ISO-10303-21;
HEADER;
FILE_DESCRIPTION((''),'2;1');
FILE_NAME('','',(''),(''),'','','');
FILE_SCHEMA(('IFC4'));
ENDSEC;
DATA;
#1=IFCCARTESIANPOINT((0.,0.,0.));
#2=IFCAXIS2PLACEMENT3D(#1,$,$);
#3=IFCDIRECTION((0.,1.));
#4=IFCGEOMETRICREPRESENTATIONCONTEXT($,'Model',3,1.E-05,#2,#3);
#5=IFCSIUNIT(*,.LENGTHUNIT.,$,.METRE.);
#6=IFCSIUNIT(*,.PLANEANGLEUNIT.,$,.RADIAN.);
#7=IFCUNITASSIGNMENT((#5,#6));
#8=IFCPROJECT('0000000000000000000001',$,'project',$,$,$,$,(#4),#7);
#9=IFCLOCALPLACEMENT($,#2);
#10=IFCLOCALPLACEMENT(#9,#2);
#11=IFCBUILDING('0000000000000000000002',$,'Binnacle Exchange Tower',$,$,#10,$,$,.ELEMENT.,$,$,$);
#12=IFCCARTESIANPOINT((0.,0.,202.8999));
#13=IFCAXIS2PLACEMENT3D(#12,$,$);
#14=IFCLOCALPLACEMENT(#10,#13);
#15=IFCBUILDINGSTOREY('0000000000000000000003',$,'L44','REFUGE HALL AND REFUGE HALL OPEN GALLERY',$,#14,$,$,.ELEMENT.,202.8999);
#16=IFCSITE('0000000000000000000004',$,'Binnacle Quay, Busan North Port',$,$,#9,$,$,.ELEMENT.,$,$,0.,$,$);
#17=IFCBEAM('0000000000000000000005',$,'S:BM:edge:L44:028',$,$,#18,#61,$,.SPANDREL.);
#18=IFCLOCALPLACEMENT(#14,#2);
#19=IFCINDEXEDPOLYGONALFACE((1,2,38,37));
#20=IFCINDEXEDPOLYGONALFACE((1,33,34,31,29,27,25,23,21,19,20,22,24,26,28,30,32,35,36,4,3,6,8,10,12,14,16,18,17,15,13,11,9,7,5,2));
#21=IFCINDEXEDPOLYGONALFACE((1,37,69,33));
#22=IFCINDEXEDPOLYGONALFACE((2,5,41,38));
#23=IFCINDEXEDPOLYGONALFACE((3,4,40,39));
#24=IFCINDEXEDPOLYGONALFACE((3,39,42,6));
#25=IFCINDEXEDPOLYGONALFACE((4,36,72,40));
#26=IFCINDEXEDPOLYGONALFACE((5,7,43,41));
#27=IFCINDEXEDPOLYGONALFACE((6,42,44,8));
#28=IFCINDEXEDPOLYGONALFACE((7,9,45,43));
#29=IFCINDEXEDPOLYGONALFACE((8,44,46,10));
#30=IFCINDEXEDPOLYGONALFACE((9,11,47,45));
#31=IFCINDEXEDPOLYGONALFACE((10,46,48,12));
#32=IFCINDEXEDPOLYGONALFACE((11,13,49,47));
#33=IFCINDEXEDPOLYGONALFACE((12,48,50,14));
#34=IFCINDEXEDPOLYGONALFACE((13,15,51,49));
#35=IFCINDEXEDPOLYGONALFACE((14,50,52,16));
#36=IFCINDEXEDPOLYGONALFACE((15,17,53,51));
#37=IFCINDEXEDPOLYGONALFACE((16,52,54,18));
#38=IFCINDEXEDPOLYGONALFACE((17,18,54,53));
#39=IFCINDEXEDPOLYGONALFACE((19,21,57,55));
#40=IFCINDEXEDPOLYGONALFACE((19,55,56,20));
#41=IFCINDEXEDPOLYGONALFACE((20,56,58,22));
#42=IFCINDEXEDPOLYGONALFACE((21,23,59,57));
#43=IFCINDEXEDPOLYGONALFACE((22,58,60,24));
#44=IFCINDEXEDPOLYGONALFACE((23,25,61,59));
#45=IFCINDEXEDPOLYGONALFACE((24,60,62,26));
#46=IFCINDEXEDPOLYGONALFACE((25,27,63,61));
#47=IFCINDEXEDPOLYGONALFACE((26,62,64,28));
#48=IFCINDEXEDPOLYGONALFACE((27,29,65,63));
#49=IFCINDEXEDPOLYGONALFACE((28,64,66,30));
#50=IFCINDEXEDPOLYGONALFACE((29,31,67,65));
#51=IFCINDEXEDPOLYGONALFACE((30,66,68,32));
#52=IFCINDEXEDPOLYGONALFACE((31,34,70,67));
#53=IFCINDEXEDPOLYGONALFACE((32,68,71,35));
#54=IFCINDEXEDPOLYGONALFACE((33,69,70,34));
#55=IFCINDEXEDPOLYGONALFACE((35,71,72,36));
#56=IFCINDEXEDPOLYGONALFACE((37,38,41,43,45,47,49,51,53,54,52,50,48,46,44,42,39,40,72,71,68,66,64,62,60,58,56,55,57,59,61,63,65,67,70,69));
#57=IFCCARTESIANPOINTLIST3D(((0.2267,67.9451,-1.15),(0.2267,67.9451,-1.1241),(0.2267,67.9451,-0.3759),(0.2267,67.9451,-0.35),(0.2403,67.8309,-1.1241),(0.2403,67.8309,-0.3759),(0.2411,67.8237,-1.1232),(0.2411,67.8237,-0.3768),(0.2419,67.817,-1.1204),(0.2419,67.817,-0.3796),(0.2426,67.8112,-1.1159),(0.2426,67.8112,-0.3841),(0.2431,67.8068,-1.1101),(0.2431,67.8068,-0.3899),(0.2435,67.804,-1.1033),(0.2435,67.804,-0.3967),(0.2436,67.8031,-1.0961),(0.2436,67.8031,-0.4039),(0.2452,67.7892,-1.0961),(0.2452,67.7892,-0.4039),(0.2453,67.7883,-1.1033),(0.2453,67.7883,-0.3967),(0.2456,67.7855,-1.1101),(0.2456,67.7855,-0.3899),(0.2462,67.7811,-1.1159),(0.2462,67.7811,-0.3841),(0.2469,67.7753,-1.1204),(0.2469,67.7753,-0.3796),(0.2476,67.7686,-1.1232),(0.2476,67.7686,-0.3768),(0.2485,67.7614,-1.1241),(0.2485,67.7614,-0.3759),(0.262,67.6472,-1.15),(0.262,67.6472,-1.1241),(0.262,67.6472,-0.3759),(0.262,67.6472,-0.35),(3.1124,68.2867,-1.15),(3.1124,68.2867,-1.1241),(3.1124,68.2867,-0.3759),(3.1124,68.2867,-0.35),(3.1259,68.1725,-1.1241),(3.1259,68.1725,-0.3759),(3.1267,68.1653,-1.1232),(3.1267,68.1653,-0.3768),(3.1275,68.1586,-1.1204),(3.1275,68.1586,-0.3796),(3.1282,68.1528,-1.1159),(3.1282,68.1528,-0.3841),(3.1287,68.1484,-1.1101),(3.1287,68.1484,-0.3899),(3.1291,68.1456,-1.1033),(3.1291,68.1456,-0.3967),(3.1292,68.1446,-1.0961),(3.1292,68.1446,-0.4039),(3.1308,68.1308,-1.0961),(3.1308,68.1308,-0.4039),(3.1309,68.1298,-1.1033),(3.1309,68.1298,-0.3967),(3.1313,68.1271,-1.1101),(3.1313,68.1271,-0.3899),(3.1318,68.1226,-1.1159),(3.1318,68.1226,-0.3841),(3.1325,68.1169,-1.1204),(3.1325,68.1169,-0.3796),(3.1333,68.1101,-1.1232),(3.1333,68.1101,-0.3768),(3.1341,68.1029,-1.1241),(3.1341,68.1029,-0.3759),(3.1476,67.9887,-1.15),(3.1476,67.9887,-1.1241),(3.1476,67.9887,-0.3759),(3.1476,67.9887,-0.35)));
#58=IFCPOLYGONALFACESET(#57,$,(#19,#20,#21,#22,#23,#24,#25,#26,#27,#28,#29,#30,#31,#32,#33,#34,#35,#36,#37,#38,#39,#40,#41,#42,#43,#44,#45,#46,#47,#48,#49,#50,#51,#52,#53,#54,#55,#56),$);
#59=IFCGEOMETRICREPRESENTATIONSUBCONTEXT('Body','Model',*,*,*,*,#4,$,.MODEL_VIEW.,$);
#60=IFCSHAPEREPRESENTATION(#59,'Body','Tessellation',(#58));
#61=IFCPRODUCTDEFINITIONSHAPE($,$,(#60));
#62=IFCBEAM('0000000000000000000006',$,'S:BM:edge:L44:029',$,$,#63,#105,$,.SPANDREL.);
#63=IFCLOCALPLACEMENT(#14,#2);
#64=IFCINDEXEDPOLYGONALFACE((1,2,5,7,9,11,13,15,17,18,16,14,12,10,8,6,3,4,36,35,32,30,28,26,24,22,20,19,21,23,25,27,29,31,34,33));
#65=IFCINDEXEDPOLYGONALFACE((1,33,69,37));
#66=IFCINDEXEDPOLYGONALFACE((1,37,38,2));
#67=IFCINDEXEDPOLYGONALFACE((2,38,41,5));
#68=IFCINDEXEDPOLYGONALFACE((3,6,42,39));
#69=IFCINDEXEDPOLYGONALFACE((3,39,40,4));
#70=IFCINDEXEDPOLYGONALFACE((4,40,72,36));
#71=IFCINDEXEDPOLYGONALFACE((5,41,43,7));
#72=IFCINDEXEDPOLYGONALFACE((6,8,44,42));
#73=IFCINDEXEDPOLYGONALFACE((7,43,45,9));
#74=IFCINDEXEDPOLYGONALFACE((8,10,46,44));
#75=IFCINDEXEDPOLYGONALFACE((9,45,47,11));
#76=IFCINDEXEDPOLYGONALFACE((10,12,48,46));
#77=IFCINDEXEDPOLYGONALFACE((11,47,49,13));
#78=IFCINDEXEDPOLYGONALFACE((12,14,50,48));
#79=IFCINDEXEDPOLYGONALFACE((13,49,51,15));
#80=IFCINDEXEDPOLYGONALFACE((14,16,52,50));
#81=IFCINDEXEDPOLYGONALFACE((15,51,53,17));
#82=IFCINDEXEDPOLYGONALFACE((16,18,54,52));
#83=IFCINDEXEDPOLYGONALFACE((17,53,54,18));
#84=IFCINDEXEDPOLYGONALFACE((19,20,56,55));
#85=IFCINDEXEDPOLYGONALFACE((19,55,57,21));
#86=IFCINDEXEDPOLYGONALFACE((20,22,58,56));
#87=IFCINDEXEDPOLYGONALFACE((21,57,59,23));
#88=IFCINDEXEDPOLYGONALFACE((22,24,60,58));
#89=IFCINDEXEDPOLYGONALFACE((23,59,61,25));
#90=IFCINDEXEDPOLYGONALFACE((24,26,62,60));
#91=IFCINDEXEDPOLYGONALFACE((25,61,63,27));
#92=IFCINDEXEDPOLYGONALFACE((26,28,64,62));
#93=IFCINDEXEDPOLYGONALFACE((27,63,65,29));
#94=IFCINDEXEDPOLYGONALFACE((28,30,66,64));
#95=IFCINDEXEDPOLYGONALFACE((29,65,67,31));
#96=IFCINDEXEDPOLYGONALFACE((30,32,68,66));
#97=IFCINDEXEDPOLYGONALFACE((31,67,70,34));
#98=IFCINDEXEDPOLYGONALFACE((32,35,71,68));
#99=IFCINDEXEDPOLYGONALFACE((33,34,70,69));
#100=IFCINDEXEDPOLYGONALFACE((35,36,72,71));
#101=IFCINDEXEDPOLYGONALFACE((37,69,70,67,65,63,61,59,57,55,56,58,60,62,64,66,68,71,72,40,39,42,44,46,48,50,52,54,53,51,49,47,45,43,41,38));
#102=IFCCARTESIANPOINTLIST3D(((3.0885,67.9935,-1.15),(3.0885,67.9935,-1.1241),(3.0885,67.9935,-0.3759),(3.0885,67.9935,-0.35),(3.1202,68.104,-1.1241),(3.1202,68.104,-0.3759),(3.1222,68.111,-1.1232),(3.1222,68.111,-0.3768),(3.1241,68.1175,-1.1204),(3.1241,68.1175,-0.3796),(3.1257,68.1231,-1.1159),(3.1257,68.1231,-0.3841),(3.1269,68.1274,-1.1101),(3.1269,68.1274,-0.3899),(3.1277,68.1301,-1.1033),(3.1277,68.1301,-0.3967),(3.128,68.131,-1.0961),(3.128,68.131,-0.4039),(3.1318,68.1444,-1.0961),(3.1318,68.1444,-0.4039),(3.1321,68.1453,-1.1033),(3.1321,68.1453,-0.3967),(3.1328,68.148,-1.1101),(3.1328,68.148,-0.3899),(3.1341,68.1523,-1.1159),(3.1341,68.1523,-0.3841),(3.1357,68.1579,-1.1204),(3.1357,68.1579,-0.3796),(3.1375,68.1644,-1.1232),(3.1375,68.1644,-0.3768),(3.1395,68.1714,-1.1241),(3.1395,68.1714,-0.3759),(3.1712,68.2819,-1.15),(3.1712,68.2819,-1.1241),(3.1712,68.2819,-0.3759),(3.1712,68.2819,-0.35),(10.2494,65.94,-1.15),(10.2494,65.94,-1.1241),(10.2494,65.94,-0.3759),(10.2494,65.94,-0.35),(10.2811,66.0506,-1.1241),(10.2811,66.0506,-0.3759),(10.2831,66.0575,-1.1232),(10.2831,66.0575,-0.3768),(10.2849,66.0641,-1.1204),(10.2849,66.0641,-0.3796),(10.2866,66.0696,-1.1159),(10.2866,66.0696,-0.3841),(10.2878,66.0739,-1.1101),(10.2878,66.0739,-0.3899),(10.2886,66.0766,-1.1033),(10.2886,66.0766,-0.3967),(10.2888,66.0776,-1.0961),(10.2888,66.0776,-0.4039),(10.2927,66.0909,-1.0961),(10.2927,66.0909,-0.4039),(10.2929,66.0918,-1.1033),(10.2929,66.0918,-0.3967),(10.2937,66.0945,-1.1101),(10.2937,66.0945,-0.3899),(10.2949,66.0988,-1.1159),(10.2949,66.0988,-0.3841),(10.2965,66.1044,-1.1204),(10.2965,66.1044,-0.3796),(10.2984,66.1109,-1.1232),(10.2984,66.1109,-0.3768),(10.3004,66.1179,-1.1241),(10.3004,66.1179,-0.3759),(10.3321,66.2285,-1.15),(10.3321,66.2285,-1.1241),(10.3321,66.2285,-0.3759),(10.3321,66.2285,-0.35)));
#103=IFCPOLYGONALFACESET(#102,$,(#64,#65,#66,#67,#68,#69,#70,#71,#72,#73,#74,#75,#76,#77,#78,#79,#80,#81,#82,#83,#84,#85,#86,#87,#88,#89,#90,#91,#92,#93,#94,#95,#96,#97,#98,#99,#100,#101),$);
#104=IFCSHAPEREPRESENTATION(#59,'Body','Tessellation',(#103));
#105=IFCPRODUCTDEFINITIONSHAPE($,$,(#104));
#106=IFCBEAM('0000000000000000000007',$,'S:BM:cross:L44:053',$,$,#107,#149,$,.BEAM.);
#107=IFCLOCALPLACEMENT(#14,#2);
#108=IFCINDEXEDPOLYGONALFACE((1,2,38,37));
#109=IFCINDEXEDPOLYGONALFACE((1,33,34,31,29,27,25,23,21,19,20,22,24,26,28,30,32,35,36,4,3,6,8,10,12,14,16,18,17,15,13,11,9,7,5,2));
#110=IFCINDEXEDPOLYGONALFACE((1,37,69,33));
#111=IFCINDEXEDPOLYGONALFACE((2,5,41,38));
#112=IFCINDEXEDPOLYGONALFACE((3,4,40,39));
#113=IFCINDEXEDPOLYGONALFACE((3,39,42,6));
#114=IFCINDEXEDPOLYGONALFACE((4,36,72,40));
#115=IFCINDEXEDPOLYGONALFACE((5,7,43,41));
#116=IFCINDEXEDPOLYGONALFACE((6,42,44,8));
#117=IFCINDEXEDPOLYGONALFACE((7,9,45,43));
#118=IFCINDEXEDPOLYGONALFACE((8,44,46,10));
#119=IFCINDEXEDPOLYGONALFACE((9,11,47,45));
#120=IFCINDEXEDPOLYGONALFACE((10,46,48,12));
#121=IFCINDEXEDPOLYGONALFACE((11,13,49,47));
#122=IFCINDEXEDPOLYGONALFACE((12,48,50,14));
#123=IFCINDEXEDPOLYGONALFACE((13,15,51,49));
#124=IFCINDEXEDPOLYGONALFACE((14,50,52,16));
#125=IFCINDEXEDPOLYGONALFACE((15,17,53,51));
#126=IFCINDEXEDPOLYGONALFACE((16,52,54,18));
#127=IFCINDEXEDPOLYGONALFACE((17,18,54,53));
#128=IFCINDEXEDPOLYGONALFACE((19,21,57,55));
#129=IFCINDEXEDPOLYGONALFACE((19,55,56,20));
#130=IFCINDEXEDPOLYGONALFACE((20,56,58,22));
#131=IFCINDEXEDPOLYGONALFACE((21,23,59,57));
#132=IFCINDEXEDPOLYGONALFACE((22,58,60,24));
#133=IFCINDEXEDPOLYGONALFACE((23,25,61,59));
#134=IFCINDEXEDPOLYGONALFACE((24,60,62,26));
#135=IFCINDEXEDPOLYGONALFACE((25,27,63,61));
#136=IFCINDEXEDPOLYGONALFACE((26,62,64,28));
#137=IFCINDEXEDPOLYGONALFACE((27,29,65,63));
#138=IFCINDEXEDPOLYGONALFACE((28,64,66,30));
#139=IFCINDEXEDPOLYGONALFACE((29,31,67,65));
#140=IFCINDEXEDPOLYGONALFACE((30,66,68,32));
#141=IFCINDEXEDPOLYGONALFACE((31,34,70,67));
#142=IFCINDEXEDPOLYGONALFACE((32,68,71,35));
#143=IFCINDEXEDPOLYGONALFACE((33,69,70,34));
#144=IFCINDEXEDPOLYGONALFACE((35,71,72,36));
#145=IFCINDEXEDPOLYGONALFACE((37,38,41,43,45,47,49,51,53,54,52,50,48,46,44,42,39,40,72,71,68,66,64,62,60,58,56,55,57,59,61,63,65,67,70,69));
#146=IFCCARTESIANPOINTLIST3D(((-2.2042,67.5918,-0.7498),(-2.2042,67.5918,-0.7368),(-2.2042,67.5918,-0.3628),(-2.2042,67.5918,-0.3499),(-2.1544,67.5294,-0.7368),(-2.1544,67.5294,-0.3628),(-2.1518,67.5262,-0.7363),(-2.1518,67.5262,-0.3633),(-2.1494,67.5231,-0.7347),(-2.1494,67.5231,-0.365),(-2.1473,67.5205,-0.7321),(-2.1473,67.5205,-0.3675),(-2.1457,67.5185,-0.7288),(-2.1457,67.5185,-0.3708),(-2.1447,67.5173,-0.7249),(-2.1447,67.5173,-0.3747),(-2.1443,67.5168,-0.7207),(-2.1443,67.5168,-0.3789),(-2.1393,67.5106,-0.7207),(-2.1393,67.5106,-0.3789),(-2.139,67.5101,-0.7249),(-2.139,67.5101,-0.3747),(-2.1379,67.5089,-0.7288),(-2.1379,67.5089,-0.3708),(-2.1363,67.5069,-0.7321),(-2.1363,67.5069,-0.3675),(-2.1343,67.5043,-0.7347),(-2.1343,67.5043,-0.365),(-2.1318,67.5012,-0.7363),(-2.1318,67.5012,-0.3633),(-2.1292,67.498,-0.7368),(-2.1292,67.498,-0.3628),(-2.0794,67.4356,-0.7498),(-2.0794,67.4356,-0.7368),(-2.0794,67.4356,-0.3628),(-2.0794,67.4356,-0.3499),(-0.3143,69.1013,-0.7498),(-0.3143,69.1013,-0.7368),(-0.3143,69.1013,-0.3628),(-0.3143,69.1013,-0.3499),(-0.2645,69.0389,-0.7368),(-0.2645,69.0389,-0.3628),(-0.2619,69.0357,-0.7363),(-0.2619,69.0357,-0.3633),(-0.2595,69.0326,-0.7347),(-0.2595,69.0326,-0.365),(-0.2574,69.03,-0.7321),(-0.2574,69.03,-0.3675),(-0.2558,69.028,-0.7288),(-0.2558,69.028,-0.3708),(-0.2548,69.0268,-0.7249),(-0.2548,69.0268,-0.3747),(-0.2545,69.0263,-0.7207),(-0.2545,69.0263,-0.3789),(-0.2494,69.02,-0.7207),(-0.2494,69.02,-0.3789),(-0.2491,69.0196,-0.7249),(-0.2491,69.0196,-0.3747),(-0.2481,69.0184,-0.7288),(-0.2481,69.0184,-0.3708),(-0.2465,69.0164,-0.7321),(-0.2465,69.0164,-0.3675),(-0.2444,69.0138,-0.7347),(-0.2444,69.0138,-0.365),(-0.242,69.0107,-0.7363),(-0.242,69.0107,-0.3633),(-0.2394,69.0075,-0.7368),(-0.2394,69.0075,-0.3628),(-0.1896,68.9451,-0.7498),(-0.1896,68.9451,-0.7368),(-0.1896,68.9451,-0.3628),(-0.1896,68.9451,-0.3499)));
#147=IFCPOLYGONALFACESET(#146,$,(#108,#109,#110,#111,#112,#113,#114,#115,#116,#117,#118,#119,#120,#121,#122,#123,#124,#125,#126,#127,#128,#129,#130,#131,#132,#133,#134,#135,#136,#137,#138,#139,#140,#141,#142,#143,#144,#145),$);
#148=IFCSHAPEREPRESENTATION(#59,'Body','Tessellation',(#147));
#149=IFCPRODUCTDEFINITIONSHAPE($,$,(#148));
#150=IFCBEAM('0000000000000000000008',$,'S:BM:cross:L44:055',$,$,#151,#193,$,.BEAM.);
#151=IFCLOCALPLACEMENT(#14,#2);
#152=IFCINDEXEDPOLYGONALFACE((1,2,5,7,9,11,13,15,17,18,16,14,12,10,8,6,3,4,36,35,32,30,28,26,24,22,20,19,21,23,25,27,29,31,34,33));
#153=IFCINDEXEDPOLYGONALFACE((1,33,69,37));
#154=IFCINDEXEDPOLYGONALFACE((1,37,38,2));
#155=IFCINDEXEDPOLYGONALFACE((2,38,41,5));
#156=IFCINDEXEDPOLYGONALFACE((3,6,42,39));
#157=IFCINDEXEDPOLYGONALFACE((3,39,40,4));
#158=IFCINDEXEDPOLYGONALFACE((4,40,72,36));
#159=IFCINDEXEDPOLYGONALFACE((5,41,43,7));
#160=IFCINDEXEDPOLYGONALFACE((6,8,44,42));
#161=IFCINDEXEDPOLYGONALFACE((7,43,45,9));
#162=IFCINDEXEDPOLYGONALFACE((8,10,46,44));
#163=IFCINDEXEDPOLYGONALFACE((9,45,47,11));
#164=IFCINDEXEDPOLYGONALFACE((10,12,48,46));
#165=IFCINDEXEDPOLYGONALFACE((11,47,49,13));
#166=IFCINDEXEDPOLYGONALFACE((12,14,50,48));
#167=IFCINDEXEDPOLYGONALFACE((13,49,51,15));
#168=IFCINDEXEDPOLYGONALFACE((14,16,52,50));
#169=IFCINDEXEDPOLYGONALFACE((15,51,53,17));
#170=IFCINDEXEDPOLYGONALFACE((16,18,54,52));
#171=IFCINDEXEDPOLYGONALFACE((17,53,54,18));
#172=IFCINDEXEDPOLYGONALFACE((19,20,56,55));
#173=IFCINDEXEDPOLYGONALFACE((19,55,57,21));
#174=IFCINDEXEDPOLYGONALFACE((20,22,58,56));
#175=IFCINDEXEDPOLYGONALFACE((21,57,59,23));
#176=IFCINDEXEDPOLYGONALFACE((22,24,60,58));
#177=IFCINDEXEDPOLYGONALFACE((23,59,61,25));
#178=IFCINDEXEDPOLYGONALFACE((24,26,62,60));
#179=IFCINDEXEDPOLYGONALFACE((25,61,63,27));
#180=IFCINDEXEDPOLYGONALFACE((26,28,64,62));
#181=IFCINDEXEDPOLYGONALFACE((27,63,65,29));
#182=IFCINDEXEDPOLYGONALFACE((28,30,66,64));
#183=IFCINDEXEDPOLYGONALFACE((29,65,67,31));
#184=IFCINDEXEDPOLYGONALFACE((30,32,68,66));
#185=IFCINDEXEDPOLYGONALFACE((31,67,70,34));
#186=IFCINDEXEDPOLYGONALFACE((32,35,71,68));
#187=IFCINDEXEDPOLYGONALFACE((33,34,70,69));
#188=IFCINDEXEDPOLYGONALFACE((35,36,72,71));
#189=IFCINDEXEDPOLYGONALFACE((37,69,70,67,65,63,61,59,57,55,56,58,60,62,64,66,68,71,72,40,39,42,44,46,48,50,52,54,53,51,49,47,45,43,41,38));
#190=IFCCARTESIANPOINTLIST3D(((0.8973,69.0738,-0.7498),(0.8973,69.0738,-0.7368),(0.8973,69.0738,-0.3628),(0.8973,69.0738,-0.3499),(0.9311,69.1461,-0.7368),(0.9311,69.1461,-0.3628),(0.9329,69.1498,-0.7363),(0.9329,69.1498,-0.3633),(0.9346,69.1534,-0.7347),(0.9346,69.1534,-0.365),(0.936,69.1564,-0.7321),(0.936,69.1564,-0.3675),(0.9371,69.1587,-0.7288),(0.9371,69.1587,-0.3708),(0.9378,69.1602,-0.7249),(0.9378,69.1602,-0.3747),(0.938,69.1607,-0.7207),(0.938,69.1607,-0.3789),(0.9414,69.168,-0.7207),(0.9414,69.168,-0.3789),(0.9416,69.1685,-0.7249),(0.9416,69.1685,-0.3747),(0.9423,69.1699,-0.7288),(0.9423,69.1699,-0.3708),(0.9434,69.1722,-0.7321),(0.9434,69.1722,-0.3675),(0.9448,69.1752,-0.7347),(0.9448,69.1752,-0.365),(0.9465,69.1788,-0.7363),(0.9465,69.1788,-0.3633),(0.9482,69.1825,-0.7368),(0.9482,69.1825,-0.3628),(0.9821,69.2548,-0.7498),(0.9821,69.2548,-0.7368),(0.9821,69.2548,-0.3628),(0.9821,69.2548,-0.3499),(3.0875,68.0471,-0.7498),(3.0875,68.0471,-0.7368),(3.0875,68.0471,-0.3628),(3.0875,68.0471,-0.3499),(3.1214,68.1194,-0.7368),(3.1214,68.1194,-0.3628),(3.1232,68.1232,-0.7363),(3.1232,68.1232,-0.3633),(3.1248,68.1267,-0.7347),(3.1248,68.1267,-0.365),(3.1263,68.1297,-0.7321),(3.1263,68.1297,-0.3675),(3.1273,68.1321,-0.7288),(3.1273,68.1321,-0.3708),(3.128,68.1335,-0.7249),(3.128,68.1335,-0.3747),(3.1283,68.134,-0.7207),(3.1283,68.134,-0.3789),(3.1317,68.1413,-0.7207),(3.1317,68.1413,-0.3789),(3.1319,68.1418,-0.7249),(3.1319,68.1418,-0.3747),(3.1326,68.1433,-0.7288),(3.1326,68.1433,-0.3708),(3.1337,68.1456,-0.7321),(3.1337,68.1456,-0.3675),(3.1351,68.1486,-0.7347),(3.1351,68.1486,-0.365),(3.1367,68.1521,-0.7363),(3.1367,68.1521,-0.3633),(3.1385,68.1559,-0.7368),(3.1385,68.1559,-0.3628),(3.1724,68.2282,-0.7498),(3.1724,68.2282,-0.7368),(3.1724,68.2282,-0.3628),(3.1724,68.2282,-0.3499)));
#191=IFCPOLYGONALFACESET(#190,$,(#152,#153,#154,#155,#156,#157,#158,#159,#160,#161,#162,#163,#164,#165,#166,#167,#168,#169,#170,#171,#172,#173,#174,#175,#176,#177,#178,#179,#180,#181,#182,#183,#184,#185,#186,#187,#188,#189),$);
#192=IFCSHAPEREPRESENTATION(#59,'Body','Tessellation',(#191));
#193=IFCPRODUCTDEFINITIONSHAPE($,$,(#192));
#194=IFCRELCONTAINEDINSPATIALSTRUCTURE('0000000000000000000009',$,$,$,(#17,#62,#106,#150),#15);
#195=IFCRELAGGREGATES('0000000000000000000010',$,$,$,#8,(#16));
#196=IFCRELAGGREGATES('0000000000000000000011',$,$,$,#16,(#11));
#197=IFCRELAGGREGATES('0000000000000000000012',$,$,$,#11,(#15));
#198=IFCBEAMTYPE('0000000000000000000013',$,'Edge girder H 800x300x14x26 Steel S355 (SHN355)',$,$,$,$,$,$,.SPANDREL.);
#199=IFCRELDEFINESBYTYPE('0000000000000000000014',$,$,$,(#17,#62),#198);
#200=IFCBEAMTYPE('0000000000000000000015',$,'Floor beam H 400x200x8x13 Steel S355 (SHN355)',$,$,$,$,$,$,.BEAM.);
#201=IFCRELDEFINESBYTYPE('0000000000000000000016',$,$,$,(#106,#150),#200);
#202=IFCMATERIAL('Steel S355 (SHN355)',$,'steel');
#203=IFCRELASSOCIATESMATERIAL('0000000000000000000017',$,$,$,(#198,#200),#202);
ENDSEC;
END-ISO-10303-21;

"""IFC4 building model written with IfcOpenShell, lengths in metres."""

from ifc_helpers import new_model, si_unit, direction, frame, origin, origin_2d, place, context, subcontext, project, spatial, i_section, extrude, material, material_profile, profile_set, type_object, element, save


model = new_model("IFC4")

# Units and contexts
model_context = context("Model", 3, precision=1e-05, world=origin(), true_north=direction((0.0, 1.0)))
body_context = subcontext(model_context, "Body", "Model", "MODEL_VIEW")
ifc_project = project(units=[si_unit("LENGTHUNIT", "METRE"), si_unit("PLANEANGLEUNIT", "RADIAN")], contexts=[model_context])

# Site, building, storey
site_placement = place(None, origin())
site = spatial("IfcSite", under=ifc_project, at=site_placement, Name="Binnacle Quay, Busan North Port", CompositionType="ELEMENT", RefElevation=0.0)
building_placement = place(site_placement, origin())
building = spatial("IfcBuilding", under=site, at=building_placement, Name="Binnacle Exchange Tower", CompositionType="ELEMENT")
storey_placement = place(building_placement, frame((0.0, 0.0, 202.8999)))
storey = spatial("IfcBuildingStorey", under=building, at=storey_placement, Name="L44", Description="REFUGE HALL AND REFUGE HALL OPEN GALLERY", CompositionType="ELEMENT", Elevation=202.8999)

# Beams
ifc_material_1 = material(Name="Steel S355 (SHN355)", Category="steel")
ifc_material_profile_1 = material_profile(ifc_material_1, i_section(OverallWidth=0.3, OverallDepth=0.8, WebThickness=0.0139, FlangeThickness=0.0259, FilletRadius=0.0281, at=origin_2d()), Name="H 800x300x14x26")
ifc_profile_set_1 = profile_set([ifc_material_profile_1], Name="Steel S355 (SHN355)")
beam_type_1 = type_object("IfcBeamType", Name="Edge girder H 800x300x14x26 Steel S355 (SHN355)", PredefinedType="SPANDREL", material=ifc_profile_set_1)
beam_1_placement = place(storey_placement, frame((0.2444, 67.7961, -0.75), z_axis=(0.993067, 0.117548, 0.0), x_axis=(-0.117548, 0.993067, 0.0)))
element("IfcBeam", 1, at=beam_1_placement, inside=storey, type_object=beam_type_1, Name="S:BM:edge:L44:028", PredefinedType="SPANDREL", context=body_context, shape_type="SweptSolid", body=[
    extrude(i_section(OverallWidth=0.3, OverallDepth=0.8, WebThickness=0.0139, FlangeThickness=0.0259, FilletRadius=0.0281, at=origin_2d()), origin(), (0.0, 0.0, 1.0), 2.9058),
])
beam_2_placement = place(storey_placement, frame((3.1299, 68.1377, -0.75), z_axis=(0.961258, -0.275652, 0.0), x_axis=(0.275652, 0.961258, 0.0)))
element("IfcBeam", 2, at=beam_2_placement, inside=storey, type_object=beam_type_1, Name="S:BM:edge:L44:029", PredefinedType="SPANDREL", context=body_context, shape_type="SweptSolid", body=[
    extrude(i_section(OverallWidth=0.3, OverallDepth=0.8, WebThickness=0.0139, FlangeThickness=0.0259, FilletRadius=0.0281, at=origin_2d()), origin(), (0.0, 0.0, 1.0), 7.4495),
])
ifc_material_profile_2 = material_profile(ifc_material_1, i_section(OverallWidth=0.2, OverallDepth=0.3999, WebThickness=0.0081, FlangeThickness=0.0129, FilletRadius=0.0161, at=origin_2d()), Name="H 400x200x8x13")
ifc_profile_set_2 = profile_set([ifc_material_profile_2], Name="Steel S355 (SHN355)")
beam_type_2 = type_object("IfcBeamType", Name="Floor beam H 400x200x8x13 Steel S355 (SHN355)", PredefinedType="BEAM", material=ifc_profile_set_2)
beam_3_placement = place(storey_placement, frame((-0.252, 69.0232, -0.5498), z_axis=(-0.781351, -0.624092, 0.0), x_axis=(0.624092, -0.781351, 0.0)))
element("IfcBeam", 3, at=beam_3_placement, inside=storey, type_object=beam_type_2, Name="S:BM:cross:L44:053", PredefinedType="BEAM", context=body_context, shape_type="SweptSolid", body=[
    extrude(i_section(OverallWidth=0.2, OverallDepth=0.3999, WebThickness=0.0081, FlangeThickness=0.0129, FilletRadius=0.0161, at=origin_2d()), origin(), (0.0, 0.0, 1.0), 2.4187),
])
beam_4_placement = place(storey_placement, frame((0.9397, 69.1643, -0.5498), z_axis=(0.905465, -0.424421, 0.0), x_axis=(0.424421, 0.905465, 0.0)))
element("IfcBeam", 4, at=beam_4_placement, inside=storey, type_object=beam_type_2, Name="S:BM:cross:L44:055", PredefinedType="BEAM", context=body_context, shape_type="SweptSolid", body=[
    extrude(i_section(OverallWidth=0.2, OverallDepth=0.3999, WebThickness=0.0081, FlangeThickness=0.0129, FilletRadius=0.0161, at=origin_2d()), origin(), (0.0, 0.0, 1.0), 2.4189),
])

save(model, "model.ifc")
